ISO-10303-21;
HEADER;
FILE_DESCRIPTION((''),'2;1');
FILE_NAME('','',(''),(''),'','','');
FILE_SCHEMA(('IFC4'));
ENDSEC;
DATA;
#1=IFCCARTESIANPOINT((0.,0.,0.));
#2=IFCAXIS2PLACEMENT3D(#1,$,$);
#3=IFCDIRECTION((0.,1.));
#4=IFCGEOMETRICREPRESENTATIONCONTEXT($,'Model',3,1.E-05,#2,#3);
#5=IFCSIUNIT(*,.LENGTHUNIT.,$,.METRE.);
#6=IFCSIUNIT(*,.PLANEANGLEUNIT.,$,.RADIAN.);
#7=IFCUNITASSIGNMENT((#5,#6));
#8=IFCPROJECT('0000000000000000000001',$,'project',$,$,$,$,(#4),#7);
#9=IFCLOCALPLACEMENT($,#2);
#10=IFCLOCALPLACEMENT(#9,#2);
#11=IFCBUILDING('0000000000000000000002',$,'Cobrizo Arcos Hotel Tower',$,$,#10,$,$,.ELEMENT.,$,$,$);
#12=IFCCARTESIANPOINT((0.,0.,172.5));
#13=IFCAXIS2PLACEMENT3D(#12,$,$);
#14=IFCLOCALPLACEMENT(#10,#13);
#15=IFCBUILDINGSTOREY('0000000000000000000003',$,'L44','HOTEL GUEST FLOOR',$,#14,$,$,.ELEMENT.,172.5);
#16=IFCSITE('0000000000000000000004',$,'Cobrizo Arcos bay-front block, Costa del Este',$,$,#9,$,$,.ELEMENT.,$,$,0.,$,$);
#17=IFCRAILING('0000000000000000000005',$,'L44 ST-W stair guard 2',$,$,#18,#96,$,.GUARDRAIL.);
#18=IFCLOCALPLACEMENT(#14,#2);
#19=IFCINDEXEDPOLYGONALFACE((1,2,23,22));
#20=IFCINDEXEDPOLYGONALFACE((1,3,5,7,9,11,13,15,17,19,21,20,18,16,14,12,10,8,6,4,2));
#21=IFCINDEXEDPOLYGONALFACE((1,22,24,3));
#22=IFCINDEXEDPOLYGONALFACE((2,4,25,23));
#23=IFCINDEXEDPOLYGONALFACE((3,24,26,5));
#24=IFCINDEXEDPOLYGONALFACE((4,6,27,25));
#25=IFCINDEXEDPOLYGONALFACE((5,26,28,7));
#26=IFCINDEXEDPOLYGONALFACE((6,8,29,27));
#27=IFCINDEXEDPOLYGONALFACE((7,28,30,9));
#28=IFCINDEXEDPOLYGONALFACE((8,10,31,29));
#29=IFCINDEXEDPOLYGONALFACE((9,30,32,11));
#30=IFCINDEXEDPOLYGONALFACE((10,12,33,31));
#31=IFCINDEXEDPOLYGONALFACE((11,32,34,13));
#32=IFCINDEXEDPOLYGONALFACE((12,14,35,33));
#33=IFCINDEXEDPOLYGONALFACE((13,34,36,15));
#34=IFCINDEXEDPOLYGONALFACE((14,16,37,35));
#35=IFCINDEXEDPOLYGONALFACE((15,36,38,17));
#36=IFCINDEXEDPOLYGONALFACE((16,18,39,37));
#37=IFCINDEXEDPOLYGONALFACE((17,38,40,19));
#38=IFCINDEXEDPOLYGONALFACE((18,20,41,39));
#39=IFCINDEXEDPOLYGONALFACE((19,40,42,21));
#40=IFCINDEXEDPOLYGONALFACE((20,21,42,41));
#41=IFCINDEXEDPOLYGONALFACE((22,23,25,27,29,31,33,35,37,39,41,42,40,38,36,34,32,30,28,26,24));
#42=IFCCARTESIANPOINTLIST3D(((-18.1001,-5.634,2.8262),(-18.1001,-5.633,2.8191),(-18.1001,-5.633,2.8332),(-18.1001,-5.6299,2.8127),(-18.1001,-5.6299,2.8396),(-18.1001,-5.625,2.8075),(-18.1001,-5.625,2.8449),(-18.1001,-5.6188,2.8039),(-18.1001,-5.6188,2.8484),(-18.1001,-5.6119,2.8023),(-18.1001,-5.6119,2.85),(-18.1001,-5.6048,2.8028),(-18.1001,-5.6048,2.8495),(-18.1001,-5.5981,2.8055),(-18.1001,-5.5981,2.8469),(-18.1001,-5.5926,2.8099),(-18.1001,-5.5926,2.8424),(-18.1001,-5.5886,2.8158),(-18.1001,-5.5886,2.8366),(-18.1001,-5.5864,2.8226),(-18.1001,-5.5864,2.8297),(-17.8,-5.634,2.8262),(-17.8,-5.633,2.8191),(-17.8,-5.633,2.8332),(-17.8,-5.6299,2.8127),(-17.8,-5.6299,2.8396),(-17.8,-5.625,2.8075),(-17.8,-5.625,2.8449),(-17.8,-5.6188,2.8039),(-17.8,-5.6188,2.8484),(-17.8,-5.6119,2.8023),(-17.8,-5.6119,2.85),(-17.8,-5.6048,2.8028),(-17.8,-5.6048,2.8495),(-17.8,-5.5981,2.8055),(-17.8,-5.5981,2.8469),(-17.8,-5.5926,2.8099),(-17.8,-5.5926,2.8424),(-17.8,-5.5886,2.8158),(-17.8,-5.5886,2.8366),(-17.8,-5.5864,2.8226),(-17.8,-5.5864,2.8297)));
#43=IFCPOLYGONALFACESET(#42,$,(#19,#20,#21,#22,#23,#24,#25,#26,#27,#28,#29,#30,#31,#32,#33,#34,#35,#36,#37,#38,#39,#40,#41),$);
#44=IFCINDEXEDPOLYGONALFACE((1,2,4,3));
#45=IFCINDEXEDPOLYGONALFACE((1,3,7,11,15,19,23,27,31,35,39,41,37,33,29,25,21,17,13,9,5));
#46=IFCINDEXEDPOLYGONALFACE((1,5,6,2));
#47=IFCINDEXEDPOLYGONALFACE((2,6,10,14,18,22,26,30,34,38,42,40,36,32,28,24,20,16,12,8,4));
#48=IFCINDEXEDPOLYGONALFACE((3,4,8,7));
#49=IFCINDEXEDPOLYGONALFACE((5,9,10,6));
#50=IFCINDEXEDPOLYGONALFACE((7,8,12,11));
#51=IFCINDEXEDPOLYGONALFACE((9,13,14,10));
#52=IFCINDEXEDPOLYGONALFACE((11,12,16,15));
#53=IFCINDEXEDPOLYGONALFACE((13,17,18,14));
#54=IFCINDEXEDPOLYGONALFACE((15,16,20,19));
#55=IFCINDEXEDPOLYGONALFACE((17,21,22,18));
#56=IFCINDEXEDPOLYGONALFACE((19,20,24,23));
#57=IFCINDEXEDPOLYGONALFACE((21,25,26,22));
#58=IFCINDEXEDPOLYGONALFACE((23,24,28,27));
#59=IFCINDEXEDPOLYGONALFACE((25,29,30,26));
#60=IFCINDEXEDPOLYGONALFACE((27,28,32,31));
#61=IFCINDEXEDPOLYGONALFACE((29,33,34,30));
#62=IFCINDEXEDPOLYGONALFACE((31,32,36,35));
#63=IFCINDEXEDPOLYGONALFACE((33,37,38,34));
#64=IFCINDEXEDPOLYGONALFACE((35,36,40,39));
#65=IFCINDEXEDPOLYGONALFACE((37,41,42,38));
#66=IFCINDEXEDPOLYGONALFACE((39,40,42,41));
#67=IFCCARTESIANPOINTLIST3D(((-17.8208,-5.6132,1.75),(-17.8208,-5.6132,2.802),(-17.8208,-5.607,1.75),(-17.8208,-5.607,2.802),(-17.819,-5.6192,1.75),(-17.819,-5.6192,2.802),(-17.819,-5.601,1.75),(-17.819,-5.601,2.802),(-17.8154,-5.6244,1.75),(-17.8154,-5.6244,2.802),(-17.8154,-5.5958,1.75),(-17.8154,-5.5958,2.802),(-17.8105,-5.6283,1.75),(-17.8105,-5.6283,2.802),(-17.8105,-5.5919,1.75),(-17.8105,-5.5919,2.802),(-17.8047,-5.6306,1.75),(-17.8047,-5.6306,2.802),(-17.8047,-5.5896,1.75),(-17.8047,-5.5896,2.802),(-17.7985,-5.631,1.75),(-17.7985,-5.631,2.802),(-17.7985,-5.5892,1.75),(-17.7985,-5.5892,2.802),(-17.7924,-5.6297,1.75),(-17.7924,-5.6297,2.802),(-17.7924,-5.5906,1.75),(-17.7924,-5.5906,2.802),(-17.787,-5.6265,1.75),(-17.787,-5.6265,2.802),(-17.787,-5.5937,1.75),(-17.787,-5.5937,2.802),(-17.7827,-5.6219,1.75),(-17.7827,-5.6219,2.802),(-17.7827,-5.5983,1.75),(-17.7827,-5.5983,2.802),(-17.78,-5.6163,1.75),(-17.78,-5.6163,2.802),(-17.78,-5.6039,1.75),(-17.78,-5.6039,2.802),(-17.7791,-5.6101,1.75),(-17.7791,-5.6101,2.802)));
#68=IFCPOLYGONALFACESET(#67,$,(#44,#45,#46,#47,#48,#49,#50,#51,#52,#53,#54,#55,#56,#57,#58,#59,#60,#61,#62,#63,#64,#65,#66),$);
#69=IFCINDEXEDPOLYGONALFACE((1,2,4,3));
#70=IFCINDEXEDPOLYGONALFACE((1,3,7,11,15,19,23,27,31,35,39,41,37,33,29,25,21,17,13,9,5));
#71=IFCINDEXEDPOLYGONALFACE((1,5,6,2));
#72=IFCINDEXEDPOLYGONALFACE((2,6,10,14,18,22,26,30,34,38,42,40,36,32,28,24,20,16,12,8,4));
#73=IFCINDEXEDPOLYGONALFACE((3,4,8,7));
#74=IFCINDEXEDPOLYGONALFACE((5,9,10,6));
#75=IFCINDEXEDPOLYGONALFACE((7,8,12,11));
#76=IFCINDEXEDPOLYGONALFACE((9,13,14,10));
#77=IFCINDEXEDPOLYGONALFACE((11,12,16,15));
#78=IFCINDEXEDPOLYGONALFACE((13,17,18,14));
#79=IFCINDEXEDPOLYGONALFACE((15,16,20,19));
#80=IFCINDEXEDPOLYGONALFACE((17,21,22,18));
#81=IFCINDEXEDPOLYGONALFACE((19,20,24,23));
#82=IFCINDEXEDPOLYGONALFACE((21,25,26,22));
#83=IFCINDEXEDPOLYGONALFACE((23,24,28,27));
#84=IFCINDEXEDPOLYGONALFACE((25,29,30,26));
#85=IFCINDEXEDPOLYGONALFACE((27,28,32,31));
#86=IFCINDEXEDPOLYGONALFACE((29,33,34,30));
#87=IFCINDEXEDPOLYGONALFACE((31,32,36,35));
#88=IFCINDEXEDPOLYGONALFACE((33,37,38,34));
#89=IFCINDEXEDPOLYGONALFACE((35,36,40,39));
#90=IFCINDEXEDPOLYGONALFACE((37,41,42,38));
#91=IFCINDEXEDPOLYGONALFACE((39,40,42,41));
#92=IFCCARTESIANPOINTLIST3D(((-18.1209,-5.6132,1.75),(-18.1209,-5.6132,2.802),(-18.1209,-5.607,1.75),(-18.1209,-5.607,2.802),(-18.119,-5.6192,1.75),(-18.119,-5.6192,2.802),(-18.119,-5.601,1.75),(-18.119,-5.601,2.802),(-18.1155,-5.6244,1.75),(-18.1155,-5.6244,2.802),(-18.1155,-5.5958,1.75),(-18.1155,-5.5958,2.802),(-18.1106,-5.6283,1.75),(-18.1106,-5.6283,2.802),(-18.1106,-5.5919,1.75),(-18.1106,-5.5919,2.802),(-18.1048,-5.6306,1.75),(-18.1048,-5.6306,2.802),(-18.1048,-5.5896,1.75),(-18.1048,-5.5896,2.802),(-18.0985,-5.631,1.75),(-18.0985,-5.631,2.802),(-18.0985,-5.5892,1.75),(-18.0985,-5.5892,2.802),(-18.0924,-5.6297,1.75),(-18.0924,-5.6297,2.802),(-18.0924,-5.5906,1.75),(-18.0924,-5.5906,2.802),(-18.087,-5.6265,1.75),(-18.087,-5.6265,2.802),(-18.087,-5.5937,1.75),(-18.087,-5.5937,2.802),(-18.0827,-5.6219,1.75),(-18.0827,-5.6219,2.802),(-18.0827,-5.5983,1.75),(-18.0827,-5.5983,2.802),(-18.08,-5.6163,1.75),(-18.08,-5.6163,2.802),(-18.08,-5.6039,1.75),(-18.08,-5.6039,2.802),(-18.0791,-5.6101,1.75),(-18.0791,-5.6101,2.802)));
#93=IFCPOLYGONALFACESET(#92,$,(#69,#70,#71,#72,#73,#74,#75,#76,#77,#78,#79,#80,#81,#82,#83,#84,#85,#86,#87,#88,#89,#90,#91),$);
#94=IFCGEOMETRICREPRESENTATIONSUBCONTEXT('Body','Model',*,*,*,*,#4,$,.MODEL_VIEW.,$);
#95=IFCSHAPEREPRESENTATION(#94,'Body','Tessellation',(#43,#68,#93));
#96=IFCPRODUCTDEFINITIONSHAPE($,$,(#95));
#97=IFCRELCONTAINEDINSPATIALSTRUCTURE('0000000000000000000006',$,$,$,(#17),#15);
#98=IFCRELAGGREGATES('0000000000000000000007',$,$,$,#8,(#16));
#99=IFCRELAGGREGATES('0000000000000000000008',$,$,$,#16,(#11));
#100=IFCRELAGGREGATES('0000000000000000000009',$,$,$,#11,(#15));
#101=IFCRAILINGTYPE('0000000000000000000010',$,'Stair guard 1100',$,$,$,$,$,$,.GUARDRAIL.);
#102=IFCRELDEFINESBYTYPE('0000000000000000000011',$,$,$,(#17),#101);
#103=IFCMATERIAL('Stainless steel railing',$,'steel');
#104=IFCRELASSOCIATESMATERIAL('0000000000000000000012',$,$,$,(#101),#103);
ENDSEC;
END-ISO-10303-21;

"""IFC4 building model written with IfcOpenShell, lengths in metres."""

from ifc_helpers import new_model, si_unit, direction, frame, origin, origin_2d, place, context, subcontext, project, spatial, circle, extrude, material, type_object, element, save


model = new_model("IFC4")

# Units and contexts
model_context = context("Model", 3, precision=1e-05, world=origin(), true_north=direction((0.0, 1.0)))
body_context = subcontext(model_context, "Body", "Model", "MODEL_VIEW")
ifc_project = project(units=[si_unit("LENGTHUNIT", "METRE"), si_unit("PLANEANGLEUNIT", "RADIAN")], contexts=[model_context])

# Site, building, storey
site_placement = place(None, origin())
site = spatial("IfcSite", under=ifc_project, at=site_placement, Name="Cobrizo Arcos bay-front block, Costa del Este", CompositionType="ELEMENT", RefElevation=0.0)
building_placement = place(site_placement, origin())
building = spatial("IfcBuilding", under=site, at=building_placement, Name="Cobrizo Arcos Hotel Tower", CompositionType="ELEMENT")
storey_placement = place(building_placement, frame((0.0, 0.0, 172.5)))
storey = spatial("IfcBuildingStorey", under=building, at=storey_placement, Name="L44", Description="HOTEL GUEST FLOOR", CompositionType="ELEMENT", Elevation=172.5)

# Railing
ifc_material_1 = material(Name="Stainless steel railing", Category="steel")
railing_type_1 = type_object("IfcRailingType", Name="Stair guard 1100", PredefinedType="GUARDRAIL", material=ifc_material_1)
railing_1_placement = place(storey_placement, frame((-17.8, -5.6101, 1.75)))
element("IfcRailing", 1, at=railing_1_placement, inside=storey, type_object=railing_type_1, Name="L44 ST-W stair guard 2", PredefinedType="GUARDRAIL", context=body_context, shape_type="SweptSolid", body=[
    extrude(circle(Radius=0.0239, at=origin_2d()), frame((0.0, 0.0, 1.0762), z_axis=(-1.0, 0.0, 0.0), x_axis=(0.0, -1.0, 0.0)), (0.0, 0.0, 1.0), 0.3),
    extrude(circle(Radius=0.021, at=origin_2d()), origin(), (0.0, 0.0, 1.0), 1.052),
    extrude(circle(Radius=0.021, at=origin_2d()), frame((-0.3, 0.0, 0.0)), (0.0, 0.0, 1.0), 1.052),
])

save(model, "model.ifc")
